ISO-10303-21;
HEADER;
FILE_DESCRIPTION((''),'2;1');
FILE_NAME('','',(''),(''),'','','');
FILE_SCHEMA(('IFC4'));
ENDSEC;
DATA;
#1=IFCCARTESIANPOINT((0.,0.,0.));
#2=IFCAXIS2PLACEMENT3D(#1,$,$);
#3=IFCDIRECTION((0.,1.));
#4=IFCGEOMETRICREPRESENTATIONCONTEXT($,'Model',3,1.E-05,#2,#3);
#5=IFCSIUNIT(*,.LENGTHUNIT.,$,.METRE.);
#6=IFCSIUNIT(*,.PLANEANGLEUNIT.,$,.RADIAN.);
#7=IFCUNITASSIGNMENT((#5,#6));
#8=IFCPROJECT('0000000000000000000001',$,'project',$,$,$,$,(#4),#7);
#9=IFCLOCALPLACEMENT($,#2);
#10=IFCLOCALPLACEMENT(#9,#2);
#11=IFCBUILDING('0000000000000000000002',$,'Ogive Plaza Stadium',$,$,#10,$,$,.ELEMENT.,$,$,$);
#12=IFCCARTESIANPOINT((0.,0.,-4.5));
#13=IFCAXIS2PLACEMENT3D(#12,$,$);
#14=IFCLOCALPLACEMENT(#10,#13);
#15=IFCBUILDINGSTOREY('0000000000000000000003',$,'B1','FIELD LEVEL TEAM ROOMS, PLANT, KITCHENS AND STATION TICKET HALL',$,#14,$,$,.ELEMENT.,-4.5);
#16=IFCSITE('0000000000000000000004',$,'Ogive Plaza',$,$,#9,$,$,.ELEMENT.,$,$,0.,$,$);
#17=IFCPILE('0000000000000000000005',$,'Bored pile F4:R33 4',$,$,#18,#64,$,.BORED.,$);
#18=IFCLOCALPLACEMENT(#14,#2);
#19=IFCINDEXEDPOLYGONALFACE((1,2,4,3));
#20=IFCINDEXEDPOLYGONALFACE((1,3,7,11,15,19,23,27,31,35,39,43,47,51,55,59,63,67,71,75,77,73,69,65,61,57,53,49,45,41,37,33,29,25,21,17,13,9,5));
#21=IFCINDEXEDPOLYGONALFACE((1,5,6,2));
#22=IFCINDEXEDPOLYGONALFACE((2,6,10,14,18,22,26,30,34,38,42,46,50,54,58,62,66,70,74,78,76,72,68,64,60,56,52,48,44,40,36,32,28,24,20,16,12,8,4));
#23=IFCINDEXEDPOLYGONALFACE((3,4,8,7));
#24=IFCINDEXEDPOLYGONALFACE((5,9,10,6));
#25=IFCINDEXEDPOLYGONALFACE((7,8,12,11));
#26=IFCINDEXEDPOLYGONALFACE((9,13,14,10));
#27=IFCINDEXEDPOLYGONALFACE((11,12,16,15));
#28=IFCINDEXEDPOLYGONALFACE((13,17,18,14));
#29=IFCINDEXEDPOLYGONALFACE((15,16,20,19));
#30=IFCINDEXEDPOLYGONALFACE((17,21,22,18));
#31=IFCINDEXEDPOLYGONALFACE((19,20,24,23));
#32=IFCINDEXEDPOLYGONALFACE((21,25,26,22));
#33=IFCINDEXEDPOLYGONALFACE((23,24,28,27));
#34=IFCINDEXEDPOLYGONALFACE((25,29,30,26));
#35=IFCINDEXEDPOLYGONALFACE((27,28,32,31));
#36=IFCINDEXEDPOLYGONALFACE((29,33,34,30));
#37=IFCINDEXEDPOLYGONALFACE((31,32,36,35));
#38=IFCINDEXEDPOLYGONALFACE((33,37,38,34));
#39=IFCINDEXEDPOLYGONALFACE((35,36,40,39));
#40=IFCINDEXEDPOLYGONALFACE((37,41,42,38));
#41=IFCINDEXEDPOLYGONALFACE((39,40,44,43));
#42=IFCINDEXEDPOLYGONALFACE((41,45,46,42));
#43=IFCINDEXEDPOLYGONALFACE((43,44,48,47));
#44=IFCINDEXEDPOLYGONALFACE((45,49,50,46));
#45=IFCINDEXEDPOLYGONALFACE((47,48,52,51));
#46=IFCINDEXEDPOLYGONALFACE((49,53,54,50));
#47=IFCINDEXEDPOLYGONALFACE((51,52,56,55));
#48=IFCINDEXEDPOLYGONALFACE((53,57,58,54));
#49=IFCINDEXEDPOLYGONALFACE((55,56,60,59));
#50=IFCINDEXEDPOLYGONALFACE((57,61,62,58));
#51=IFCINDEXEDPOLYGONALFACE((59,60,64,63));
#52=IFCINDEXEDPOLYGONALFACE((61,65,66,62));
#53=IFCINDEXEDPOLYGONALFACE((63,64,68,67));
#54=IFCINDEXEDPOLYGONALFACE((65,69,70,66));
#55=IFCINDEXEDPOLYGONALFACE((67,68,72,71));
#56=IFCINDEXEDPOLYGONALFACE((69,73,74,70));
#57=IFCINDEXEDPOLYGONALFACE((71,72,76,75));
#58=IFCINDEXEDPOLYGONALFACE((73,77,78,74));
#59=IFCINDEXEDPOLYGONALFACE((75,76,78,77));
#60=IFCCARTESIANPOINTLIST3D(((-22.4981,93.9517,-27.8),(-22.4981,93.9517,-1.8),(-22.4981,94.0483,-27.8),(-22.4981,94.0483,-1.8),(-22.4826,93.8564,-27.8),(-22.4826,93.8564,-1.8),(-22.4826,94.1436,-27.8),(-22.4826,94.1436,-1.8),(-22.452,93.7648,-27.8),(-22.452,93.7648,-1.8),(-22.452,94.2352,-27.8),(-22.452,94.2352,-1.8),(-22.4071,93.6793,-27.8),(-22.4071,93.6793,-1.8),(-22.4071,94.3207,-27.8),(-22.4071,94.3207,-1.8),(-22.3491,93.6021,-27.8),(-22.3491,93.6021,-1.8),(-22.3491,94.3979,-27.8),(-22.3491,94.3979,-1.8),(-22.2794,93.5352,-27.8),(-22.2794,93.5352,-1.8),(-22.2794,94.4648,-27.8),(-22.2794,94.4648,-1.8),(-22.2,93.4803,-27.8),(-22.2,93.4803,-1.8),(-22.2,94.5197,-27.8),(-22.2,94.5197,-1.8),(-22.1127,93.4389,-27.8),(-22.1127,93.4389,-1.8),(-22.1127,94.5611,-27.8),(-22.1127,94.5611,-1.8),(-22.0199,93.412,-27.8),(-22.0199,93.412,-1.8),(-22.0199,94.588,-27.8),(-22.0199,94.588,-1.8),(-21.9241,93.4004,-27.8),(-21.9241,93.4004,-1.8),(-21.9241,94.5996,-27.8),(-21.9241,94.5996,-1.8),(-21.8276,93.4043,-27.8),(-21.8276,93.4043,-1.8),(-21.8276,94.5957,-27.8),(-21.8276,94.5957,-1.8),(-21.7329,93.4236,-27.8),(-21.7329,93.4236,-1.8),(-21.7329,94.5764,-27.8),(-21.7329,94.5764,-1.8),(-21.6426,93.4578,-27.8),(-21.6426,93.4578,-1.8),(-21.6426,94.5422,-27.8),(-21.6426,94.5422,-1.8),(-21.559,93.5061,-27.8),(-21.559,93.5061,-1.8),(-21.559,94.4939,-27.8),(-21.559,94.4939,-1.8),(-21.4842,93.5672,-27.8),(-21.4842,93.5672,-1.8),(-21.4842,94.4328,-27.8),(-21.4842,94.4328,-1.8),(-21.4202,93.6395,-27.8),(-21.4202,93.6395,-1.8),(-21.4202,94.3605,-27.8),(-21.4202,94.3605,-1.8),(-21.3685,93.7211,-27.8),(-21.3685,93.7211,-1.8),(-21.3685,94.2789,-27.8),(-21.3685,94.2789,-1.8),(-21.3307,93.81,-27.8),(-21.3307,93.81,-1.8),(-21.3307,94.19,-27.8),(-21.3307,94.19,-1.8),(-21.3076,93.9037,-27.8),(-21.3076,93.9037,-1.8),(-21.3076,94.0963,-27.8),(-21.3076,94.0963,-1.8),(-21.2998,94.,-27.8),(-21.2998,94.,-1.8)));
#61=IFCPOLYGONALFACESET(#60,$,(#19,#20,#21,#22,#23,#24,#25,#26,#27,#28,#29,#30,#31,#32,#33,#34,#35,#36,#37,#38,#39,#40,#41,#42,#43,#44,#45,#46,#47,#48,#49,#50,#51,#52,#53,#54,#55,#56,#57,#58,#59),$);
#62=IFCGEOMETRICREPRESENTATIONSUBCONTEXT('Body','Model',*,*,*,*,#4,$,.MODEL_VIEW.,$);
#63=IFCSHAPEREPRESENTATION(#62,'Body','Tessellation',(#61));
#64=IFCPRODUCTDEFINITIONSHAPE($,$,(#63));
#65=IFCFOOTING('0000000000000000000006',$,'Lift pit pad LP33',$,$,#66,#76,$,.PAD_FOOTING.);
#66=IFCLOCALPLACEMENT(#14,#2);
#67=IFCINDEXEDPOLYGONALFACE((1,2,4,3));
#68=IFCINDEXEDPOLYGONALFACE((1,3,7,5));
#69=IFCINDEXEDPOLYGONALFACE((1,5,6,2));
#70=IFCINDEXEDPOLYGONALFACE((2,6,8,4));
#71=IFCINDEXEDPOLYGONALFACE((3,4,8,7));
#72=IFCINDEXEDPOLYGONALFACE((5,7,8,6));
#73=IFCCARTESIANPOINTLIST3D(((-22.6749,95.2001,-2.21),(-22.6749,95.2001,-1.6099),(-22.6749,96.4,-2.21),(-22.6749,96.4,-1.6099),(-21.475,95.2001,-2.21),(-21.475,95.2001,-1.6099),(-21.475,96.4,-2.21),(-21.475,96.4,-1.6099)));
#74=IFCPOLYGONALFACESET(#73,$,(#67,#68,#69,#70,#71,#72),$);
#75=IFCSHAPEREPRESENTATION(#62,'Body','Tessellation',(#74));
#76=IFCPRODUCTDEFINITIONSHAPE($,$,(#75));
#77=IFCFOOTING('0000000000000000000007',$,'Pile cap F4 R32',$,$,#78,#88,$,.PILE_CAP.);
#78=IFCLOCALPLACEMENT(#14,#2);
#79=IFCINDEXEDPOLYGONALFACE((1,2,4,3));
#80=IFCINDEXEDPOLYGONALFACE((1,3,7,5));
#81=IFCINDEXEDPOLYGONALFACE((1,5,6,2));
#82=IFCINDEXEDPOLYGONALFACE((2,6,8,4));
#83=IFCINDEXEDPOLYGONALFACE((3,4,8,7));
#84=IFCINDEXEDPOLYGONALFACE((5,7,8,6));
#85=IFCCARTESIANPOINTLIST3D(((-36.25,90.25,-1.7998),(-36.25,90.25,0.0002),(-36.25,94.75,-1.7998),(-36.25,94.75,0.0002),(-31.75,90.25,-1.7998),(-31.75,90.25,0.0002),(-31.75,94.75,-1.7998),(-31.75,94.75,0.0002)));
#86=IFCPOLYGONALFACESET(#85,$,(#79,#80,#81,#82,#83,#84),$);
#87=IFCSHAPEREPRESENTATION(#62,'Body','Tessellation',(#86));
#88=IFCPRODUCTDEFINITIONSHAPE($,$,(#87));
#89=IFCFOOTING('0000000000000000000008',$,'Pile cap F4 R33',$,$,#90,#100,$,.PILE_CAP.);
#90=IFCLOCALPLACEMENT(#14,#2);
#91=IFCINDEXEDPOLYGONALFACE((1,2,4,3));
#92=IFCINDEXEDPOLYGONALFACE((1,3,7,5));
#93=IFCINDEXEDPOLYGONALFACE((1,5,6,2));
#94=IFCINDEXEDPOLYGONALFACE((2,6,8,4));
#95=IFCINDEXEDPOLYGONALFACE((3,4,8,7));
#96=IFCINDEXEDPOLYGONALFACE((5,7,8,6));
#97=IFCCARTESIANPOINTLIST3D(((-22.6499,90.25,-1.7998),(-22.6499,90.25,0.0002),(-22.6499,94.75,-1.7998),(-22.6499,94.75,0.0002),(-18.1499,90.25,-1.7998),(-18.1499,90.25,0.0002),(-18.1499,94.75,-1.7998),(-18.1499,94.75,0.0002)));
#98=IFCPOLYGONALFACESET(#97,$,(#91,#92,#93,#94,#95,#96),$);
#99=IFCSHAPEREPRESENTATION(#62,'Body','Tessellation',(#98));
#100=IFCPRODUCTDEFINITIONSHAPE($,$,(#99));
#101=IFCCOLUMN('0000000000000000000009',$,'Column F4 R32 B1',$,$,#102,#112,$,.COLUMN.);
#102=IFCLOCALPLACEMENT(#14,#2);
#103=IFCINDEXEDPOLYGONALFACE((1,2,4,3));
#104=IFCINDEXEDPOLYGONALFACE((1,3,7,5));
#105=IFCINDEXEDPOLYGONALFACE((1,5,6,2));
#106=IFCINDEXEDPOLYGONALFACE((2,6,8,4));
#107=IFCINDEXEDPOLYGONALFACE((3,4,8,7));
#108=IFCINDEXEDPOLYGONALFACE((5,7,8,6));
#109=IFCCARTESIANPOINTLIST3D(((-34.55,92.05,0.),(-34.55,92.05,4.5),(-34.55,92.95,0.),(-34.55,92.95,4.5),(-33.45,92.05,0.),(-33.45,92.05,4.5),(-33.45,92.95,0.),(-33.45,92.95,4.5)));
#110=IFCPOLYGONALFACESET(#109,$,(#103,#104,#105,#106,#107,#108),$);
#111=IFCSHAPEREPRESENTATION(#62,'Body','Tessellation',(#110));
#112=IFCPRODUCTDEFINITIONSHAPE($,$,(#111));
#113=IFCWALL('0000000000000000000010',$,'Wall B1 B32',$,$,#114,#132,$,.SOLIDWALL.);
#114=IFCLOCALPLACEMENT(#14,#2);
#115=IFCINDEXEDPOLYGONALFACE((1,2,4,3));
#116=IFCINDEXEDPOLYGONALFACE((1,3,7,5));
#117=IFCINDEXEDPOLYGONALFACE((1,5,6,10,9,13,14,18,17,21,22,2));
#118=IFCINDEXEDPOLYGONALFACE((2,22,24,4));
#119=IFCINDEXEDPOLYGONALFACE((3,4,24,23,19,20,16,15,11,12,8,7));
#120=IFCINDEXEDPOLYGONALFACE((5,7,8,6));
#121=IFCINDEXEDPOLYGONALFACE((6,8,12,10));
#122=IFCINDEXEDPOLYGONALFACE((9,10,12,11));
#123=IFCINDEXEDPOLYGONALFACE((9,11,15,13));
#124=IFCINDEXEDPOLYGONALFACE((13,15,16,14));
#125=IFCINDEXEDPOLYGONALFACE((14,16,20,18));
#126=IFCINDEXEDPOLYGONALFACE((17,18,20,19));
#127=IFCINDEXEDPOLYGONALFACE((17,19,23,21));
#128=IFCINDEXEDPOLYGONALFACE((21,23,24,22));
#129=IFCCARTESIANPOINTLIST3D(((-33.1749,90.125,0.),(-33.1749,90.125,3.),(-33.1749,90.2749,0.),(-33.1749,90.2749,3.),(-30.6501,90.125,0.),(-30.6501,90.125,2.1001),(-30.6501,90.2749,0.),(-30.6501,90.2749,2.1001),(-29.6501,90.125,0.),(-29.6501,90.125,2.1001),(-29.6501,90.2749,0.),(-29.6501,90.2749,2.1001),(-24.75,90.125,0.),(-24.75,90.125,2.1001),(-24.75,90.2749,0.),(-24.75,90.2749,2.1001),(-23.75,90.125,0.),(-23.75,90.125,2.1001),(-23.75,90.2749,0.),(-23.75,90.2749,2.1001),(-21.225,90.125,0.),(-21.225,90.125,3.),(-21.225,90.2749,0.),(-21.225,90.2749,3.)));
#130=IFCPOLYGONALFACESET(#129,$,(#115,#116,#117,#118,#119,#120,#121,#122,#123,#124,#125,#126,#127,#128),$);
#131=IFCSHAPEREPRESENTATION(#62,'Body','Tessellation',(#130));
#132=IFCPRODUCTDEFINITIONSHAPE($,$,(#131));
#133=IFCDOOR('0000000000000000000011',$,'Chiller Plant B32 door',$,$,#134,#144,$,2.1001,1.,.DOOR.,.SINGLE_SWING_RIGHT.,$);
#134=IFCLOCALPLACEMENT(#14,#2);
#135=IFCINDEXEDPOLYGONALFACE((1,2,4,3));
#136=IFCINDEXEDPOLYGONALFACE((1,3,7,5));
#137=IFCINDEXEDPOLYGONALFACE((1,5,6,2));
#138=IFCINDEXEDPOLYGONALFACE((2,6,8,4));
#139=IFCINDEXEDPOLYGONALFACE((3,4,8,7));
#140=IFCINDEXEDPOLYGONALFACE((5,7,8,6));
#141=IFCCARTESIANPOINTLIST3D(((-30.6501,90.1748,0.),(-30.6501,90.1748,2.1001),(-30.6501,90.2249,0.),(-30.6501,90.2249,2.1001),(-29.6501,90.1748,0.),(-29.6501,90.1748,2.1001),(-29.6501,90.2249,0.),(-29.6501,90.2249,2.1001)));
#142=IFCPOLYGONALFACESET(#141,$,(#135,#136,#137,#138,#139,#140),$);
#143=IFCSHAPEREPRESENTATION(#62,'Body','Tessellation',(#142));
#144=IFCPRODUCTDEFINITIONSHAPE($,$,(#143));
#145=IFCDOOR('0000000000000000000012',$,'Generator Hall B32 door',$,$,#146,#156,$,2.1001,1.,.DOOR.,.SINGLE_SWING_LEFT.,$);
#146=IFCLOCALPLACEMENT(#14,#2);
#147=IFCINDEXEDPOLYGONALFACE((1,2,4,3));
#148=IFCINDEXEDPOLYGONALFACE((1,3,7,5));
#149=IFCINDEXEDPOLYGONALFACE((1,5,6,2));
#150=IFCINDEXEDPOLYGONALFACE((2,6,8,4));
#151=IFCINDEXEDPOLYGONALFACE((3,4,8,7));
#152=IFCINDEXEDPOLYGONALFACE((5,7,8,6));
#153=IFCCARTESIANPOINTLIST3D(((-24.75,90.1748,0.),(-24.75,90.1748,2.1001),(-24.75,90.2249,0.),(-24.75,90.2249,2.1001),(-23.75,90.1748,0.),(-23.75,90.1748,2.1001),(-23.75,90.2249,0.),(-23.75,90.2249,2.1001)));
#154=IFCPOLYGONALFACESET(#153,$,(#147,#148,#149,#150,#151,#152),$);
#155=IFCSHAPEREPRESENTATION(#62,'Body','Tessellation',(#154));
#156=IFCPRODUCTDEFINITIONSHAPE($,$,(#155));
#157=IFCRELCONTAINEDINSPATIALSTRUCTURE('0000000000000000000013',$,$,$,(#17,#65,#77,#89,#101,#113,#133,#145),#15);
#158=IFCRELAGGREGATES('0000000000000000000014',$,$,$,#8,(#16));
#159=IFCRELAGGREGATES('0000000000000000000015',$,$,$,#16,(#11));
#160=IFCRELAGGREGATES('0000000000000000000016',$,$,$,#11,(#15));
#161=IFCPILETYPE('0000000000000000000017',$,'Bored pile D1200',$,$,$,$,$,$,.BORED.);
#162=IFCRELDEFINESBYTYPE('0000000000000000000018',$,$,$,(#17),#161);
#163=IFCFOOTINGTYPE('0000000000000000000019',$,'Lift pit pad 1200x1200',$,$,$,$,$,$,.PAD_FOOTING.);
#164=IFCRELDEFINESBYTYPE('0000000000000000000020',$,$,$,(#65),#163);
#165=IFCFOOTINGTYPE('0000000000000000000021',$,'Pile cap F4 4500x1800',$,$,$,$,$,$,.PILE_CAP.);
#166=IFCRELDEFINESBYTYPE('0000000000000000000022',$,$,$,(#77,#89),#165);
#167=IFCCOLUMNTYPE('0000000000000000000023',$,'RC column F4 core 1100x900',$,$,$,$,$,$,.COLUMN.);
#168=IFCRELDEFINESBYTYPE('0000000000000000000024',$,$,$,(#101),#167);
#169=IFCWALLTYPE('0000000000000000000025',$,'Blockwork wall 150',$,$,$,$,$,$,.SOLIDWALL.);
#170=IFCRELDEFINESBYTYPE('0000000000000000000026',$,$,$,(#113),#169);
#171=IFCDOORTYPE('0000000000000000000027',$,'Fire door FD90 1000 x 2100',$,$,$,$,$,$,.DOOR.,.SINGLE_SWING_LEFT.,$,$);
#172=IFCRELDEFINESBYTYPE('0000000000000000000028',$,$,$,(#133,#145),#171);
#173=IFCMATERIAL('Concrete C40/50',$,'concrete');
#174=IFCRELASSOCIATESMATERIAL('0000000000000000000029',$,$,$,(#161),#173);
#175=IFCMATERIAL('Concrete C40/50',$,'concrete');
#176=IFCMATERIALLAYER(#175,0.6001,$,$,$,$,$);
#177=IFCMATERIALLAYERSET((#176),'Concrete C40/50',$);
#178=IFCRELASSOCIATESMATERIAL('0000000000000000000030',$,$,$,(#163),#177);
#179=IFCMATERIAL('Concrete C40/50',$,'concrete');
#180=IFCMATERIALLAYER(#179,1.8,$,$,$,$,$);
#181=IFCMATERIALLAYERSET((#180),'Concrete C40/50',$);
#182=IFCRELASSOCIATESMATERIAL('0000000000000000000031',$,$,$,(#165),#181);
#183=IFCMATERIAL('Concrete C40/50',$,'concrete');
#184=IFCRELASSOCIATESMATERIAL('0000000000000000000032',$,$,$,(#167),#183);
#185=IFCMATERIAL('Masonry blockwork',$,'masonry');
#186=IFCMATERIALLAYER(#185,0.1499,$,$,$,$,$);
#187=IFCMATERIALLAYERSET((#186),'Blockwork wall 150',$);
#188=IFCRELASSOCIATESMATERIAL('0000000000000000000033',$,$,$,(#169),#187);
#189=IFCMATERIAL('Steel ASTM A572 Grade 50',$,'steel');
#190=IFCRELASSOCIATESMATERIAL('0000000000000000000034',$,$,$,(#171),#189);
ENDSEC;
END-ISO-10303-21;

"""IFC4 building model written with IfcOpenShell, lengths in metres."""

from ifc_helpers import new_model, si_unit, direction, frame, frame_2d, origin, origin_2d, place, context, subcontext, project, spatial, rectangle, circle, extrude, material, layer, layer_set, material_profile, profile_set, type_object, element, fill, save


model = new_model("IFC4")

# Units and contexts
model_context = context("Model", 3, precision=1e-05, world=origin(), true_north=direction((0.0, 1.0)))
body_context = subcontext(model_context, "Body", "Model", "MODEL_VIEW")
ifc_project = project(units=[si_unit("LENGTHUNIT", "METRE"), si_unit("PLANEANGLEUNIT", "RADIAN")], contexts=[model_context])

# Site, building, storey
site_placement = place(None, origin())
site = spatial("IfcSite", under=ifc_project, at=site_placement, Name="Ogive Plaza", CompositionType="ELEMENT", RefElevation=0.0)
building_placement = place(site_placement, origin())
building = spatial("IfcBuilding", under=site, at=building_placement, Name="Ogive Plaza Stadium", CompositionType="ELEMENT")
storey_placement = place(building_placement, frame((0.0, 0.0, -4.5)))
storey = spatial("IfcBuildingStorey", under=building, at=storey_placement, Name="B1", Description="FIELD LEVEL TEAM ROOMS, PLANT, KITCHENS AND STATION TICKET HALL", CompositionType="ELEMENT", Elevation=-4.5)

# Pile
ifc_material_1 = material(Name="Concrete C40/50", Category="concrete")
ifc_material_profile_1 = material_profile(ifc_material_1, circle(Radius=0.6001, at=origin_2d()), Name="RC D1200")
ifc_profile_set_1 = profile_set([ifc_material_profile_1], Name="Concrete C40/50")
pile_type_1 = type_object("IfcPileType", Name="Bored pile D1200", PredefinedType="BORED", material=ifc_profile_set_1)
for number, where, z_axis, x_axis, name in (
    (1, (-21.8999, 94.0, -1.8), (0.0, 0.0, -1.0), (1.0, 0.0, 0.0), "Bored pile F4:R33 4"),
):
    element("IfcPile", number, at=place(storey_placement, frame(where, z_axis=z_axis, x_axis=x_axis)), inside=storey, type_object=pile_type_1, Name=name, PredefinedType="BORED", context=body_context, shape_type="SweptSolid", body=[
        extrude(circle(Radius=0.6001, at=origin_2d()), origin(), (0.0, 0.0, 1.0), 26.0),
    ])

# Footings
ifc_material_2 = material(Name="Concrete C40/50", Category="concrete")
ifc_layer_1 = layer(ifc_material_2, 0.6001)
ifc_layer_set_1 = layer_set([ifc_layer_1], Name="Concrete C40/50")
footing_type_1 = type_object("IfcFootingType", Name="Lift pit pad 1200x1200", PredefinedType="PAD_FOOTING", material=ifc_layer_set_1)
footing_placement = place(storey_placement, frame((-22.075, 95.8, -2.21), z_axis=(0.0, 0.0, 1.0), x_axis=(0.0, 1.0, 0.0)))
element("IfcFooting", 2, at=footing_placement, inside=storey, type_object=footing_type_1, Name="Lift pit pad LP33", PredefinedType="PAD_FOOTING", context=body_context, shape_type="SweptSolid", body=[
    extrude(rectangle(XDim=1.2, YDim=1.2, at=origin_2d()), origin(), (0.0, 0.0, 1.0), 0.6001),
])
ifc_material_3 = material(Name="Concrete C40/50", Category="concrete")
ifc_layer_2 = layer(ifc_material_3, 1.8)
ifc_layer_set_2 = layer_set([ifc_layer_2], Name="Concrete C40/50")
footing_type_2 = type_object("IfcFootingType", Name="Pile cap F4 4500x1800", PredefinedType="PILE_CAP", material=ifc_layer_set_2)
for number, where, z_axis, x_axis, name in (
    (3, (-34.0, 92.5, -1.7998), (0.0, 0.0, 1.0), (0.0, 1.0, 0.0), "Pile cap F4 R32"),
    (4, (-20.3999, 92.5, -1.7998), (0.0, 0.0, 1.0), (0.0, 1.0, 0.0), "Pile cap F4 R33"),
):
    element("IfcFooting", number, at=place(storey_placement, frame(where, z_axis=z_axis, x_axis=x_axis)), inside=storey, type_object=footing_type_2, Name=name, PredefinedType="PILE_CAP", context=body_context, shape_type="SweptSolid", body=[
        extrude(rectangle(XDim=4.5, YDim=4.5, at=origin_2d()), origin(), (0.0, 0.0, 1.0), 1.8),
    ])

# Column
ifc_material_4 = material(Name="Concrete C40/50", Category="concrete")
ifc_material_profile_2 = material_profile(ifc_material_4, rectangle(XDim=1.1001, YDim=0.8999, at=origin_2d()), Name="RC 1100x900")
ifc_profile_set_2 = profile_set([ifc_material_profile_2], Name="Concrete C40/50")
column_type = type_object("IfcColumnType", Name="RC column F4 core 1100x900", PredefinedType="COLUMN", material=ifc_profile_set_2)
column_placement = place(storey_placement, frame((-34.0, 92.5, 0.0), z_axis=(0.0, 0.0, 1.0), x_axis=(-1.0, 0.0, 0.0)))
element("IfcColumn", 5, at=column_placement, inside=storey, type_object=column_type, Name="Column F4 R32 B1", PredefinedType="COLUMN", context=body_context, shape_type="SweptSolid", body=[
    extrude(rectangle(XDim=1.1001, YDim=0.8999, at=origin_2d()), origin(), (0.0, 0.0, 1.0), 4.5),
])

# Wall, openings, doors
ifc_material_5 = material(Name="Masonry blockwork", Category="masonry")
ifc_layer_3 = layer(ifc_material_5, 0.1499)
ifc_layer_set_3 = layer_set([ifc_layer_3], Name="Blockwork wall 150")
wall_type_1 = type_object("IfcWallType", Name="Blockwork wall 150", PredefinedType="SOLIDWALL", material=ifc_layer_set_3)
wall_1_placement = place(storey_placement, frame((-33.175, 90.2, 0.0), z_axis=(0.0, 0.0, 1.0), x_axis=(1.0, 0.0, 0.0)))
wall_1 = element("IfcWall", 6, at=wall_1_placement, inside=storey, type_object=wall_type_1, Name="Wall B1 B32", PredefinedType="SOLIDWALL", context=body_context, shape_type="SweptSolid", body=[
    extrude(rectangle(XDim=11.95, YDim=0.1499, at=frame_2d((5.9751, 0.0))), origin(), (0.0, 0.0, 1.0), 3.0),
])
opening_1_placement = place(wall_1_placement, frame((2.5249, 0.0, 0.0)))
opening_1 = element("IfcOpeningElement", 7, at=opening_1_placement, cuts=wall_1, PredefinedType="OPENING", context=body_context, shape_type="SweptSolid", body=[
    extrude(rectangle(XDim=1.0, YDim=2.1001, at=frame_2d((0.5, 1.05))), frame((0.0, 0.075, 0.0), z_axis=(0.0, -1.0, 0.0), x_axis=(1.0, 0.0, 0.0)), (0.0, 0.0, 1.0), 0.1499),
])
opening_2_placement = place(wall_1_placement, frame((8.425, 0.0, 0.0)))
opening_2 = element("IfcOpeningElement", 8, at=opening_2_placement, cuts=wall_1, PredefinedType="OPENING", context=body_context, shape_type="SweptSolid", body=[
    extrude(rectangle(XDim=1.0, YDim=2.1001, at=frame_2d((0.5, 1.05))), frame((0.0, 0.075, 0.0), z_axis=(0.0, -1.0, 0.0), x_axis=(1.0, 0.0, 0.0)), (0.0, 0.0, 1.0), 0.1499),
])
ifc_material_6 = material(Name="Steel ASTM A572 Grade 50", Category="steel")
door_type_1 = type_object("IfcDoorType", Name="Fire door FD90 1000 x 2100", OperationType="SINGLE_SWING_LEFT", PredefinedType="DOOR", material=ifc_material_6)
door_1_placement = place(opening_1_placement, origin())
door_1 = element("IfcDoor", 9, at=door_1_placement, inside=storey, type_object=door_type_1, Name="Chiller Plant B32 door", OperationType="SINGLE_SWING_RIGHT", OverallHeight=2.1001, OverallWidth=1.0, PredefinedType="DOOR", context=body_context, shape_type="SweptSolid", body=[
    extrude(rectangle(XDim=1.0, YDim=2.1001, at=frame_2d((0.5, 1.05))), frame((0.0, 0.0249, 0.0), z_axis=(0.0, -1.0, 0.0), x_axis=(1.0, 0.0, 0.0)), (0.0, 0.0, 1.0), 0.05),
])
fill(opening_1, door_1)
door_2_placement = place(opening_2_placement, origin())
door_2 = element("IfcDoor", 10, at=door_2_placement, inside=storey, type_object=door_type_1, Name="Generator Hall B32 door", OperationType="SINGLE_SWING_LEFT", OverallHeight=2.1001, OverallWidth=1.0, PredefinedType="DOOR", context=body_context, shape_type="SweptSolid", body=[
    extrude(rectangle(XDim=1.0, YDim=2.1001, at=frame_2d((0.5, 1.05))), frame((0.0, 0.0249, 0.0), z_axis=(0.0, -1.0, 0.0), x_axis=(1.0, 0.0, 0.0)), (0.0, 0.0, 1.0), 0.05),
])
fill(opening_2, door_2)

save(model, "model.ifc")
